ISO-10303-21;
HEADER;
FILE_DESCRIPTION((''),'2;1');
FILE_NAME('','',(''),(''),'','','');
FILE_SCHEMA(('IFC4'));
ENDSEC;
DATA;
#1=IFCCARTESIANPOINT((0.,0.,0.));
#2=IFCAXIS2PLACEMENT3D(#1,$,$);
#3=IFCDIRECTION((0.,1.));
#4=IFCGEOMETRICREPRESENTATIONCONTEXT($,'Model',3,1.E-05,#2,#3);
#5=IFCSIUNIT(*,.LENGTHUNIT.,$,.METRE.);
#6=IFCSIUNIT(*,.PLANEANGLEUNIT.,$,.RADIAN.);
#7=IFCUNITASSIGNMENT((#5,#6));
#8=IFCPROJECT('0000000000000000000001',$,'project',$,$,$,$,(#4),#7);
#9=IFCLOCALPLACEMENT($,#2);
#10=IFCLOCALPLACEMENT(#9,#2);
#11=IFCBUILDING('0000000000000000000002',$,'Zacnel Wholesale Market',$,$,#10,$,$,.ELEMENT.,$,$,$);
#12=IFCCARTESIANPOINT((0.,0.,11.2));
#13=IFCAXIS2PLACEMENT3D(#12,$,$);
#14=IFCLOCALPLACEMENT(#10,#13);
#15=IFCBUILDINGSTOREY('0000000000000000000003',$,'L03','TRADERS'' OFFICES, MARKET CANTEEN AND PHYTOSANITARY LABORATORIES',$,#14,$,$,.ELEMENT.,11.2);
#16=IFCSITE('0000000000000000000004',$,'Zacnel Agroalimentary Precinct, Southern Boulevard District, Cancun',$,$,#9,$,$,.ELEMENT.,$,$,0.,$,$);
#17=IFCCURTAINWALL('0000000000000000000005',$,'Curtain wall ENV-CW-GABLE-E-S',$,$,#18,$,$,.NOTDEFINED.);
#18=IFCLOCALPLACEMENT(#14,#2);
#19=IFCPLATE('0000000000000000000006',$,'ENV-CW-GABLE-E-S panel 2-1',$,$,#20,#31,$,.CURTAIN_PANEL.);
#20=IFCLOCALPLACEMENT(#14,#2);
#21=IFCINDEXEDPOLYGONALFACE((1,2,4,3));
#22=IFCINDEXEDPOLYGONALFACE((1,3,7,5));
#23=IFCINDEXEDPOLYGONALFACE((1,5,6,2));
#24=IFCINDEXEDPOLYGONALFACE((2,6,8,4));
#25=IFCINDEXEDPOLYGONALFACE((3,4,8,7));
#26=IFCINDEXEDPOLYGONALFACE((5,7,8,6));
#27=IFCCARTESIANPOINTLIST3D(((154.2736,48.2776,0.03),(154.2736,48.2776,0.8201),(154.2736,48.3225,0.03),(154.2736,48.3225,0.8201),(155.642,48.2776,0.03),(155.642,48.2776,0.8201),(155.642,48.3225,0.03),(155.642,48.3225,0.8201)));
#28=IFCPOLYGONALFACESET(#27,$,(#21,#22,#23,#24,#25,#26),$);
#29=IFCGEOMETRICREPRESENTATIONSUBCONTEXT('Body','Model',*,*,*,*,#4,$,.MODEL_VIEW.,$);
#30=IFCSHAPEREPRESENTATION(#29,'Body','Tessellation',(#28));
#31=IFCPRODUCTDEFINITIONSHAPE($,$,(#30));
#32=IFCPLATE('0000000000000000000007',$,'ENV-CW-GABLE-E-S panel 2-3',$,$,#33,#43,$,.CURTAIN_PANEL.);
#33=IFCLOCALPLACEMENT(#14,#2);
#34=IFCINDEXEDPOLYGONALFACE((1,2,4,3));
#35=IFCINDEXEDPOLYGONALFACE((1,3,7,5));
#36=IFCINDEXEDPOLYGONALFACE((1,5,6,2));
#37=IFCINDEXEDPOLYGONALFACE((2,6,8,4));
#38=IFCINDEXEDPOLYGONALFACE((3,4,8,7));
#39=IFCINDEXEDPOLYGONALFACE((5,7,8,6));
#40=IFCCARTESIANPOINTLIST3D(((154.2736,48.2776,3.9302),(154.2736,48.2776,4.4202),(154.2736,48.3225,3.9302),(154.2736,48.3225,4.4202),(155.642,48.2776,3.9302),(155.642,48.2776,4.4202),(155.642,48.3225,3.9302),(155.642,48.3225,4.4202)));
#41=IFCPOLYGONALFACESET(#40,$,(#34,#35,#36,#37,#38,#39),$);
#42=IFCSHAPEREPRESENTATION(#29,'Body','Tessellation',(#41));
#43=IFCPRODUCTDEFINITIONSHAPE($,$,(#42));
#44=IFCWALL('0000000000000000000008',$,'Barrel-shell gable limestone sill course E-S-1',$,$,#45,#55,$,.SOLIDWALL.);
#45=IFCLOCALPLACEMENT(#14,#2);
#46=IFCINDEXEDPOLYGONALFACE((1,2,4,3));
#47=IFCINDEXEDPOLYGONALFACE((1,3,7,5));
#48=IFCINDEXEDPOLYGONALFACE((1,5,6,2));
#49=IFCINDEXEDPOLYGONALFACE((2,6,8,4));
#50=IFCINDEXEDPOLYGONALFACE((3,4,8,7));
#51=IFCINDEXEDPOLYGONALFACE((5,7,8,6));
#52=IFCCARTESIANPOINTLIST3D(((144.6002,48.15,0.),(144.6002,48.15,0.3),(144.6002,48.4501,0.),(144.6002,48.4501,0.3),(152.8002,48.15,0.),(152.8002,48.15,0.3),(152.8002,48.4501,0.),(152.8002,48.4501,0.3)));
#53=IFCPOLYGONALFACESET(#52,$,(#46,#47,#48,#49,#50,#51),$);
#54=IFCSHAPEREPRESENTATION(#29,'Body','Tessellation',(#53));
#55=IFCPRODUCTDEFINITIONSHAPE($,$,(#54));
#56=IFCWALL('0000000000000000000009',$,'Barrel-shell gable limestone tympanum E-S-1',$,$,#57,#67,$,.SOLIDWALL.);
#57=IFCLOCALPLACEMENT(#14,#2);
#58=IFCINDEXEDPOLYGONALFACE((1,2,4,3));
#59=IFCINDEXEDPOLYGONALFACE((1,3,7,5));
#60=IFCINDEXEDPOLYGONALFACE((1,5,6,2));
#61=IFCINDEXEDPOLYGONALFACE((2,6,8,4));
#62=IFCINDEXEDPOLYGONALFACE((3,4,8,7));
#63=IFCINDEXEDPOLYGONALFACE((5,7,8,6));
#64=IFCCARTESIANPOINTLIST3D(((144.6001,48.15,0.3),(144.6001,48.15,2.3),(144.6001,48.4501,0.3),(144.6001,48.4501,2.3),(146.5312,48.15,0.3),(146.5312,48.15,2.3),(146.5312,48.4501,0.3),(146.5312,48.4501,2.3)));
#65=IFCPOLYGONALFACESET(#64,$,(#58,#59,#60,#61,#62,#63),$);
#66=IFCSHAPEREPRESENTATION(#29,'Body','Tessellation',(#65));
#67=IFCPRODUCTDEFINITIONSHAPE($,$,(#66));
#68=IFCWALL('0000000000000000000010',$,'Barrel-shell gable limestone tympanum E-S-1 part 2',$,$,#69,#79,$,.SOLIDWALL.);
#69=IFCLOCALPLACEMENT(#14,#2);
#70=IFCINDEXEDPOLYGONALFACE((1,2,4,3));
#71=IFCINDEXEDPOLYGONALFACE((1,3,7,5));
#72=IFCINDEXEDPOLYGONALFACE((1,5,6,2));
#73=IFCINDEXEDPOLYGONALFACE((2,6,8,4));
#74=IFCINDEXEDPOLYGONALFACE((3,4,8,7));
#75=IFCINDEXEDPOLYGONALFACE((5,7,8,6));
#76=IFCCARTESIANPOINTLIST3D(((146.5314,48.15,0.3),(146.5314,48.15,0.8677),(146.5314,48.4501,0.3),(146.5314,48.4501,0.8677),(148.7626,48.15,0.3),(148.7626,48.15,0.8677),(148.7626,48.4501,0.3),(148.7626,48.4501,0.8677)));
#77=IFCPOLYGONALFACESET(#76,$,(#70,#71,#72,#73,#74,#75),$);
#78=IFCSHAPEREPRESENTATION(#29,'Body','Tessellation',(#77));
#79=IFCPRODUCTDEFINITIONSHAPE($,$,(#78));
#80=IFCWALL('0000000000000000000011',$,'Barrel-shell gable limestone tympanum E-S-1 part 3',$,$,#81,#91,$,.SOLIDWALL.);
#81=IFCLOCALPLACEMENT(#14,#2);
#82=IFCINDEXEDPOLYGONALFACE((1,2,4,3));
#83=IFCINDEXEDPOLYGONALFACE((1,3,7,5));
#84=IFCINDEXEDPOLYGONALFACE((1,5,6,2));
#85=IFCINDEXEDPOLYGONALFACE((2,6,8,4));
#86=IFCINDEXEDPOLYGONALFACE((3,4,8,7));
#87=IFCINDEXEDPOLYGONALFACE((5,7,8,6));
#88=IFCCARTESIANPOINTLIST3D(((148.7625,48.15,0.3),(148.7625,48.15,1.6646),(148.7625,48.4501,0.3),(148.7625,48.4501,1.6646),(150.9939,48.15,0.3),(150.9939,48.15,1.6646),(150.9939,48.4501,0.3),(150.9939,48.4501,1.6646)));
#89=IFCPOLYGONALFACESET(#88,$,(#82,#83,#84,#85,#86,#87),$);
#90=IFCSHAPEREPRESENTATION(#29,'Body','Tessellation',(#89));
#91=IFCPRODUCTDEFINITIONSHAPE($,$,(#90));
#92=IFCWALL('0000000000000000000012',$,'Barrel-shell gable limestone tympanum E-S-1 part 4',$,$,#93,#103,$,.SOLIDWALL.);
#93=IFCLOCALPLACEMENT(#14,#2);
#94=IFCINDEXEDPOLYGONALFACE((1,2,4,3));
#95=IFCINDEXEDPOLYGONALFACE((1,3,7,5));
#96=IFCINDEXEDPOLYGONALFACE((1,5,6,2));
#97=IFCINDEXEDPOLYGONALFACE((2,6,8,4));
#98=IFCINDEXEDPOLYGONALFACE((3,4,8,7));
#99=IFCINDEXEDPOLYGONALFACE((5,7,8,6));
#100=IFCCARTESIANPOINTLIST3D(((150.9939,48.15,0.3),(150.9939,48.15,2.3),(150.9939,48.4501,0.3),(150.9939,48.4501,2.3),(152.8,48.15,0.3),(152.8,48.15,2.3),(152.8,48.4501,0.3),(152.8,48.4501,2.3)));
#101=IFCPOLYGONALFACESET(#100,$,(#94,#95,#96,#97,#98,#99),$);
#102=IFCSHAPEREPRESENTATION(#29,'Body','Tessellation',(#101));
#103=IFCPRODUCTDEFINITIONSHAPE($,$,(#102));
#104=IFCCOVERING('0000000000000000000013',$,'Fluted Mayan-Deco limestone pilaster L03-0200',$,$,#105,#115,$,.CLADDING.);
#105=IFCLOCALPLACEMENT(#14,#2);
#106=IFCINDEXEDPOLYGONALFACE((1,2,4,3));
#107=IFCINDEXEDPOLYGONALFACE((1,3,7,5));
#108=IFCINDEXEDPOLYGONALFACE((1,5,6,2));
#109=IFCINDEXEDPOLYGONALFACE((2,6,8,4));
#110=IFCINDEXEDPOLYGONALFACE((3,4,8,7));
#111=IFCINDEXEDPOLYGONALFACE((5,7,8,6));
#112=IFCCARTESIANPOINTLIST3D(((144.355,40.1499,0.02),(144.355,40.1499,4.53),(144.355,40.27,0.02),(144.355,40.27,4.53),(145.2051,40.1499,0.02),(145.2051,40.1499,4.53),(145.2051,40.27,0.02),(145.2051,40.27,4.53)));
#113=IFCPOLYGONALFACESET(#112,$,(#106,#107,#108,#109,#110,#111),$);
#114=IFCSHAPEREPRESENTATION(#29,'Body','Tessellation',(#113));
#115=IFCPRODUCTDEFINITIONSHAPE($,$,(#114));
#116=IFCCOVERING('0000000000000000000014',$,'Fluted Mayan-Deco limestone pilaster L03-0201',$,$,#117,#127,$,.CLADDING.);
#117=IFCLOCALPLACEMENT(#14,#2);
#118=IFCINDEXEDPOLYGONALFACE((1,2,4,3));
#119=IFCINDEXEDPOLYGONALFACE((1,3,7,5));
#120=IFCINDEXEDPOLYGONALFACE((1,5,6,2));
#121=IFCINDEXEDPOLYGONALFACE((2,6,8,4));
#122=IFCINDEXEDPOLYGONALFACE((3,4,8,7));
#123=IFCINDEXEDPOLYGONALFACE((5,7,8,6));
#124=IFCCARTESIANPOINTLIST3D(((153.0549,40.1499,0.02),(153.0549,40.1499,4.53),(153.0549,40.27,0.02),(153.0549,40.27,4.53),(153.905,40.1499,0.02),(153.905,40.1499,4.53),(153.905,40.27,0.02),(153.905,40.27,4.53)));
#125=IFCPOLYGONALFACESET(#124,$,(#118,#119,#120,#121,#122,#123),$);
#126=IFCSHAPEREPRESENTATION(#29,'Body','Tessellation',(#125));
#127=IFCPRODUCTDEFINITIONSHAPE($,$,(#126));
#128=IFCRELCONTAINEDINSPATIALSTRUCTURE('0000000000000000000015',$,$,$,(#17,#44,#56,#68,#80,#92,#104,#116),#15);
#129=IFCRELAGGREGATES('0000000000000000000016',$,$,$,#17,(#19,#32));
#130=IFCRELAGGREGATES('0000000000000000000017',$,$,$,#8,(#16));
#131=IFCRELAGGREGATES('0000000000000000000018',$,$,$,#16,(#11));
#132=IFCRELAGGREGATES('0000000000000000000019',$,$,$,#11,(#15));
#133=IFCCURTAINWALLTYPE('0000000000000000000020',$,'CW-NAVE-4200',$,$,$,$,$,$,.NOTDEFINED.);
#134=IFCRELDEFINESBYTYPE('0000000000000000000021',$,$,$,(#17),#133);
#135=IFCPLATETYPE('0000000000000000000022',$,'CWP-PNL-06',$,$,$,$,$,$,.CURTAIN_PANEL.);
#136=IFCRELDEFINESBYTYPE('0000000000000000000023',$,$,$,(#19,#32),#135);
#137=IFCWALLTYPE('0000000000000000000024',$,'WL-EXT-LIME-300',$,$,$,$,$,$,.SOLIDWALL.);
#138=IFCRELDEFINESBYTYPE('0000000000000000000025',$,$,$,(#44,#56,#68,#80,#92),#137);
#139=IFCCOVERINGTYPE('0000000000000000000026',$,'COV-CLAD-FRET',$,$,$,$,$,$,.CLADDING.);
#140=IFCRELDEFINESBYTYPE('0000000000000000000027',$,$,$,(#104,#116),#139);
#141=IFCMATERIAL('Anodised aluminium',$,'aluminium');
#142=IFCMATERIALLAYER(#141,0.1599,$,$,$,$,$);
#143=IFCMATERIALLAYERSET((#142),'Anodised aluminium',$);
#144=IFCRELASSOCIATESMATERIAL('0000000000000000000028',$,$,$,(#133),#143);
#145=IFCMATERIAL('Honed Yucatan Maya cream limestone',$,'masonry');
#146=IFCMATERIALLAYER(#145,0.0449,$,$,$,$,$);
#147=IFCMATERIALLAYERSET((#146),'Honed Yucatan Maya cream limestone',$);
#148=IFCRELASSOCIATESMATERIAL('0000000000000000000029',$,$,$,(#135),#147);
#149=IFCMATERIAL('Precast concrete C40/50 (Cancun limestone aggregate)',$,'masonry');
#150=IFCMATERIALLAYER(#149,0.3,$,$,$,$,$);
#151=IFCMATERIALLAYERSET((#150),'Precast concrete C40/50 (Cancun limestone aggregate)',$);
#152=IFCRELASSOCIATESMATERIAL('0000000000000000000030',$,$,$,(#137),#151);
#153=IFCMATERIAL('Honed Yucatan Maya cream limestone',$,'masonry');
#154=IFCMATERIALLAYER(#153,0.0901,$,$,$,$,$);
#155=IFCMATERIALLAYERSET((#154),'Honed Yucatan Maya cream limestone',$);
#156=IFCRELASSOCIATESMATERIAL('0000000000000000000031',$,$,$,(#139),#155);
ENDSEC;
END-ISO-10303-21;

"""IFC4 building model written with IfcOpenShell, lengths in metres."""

from ifc_helpers import new_model, si_unit, direction, frame, frame_2d, origin, origin_2d, place, context, subcontext, project, spatial, rectangle, extrude, material, layer, layer_set, type_object, element, aggregate, save


model = new_model("IFC4")

# Units and contexts
model_context = context("Model", 3, precision=1e-05, world=origin(), true_north=direction((0.0, 1.0)))
body_context = subcontext(model_context, "Body", "Model", "MODEL_VIEW")
ifc_project = project(units=[si_unit("LENGTHUNIT", "METRE"), si_unit("PLANEANGLEUNIT", "RADIAN")], contexts=[model_context])

# Site, building, storey
site_placement = place(None, origin())
site = spatial("IfcSite", under=ifc_project, at=site_placement, Name="Zacnel Agroalimentary Precinct, Southern Boulevard District, Cancun", CompositionType="ELEMENT", RefElevation=0.0)
building_placement = place(site_placement, origin())
building = spatial("IfcBuilding", under=site, at=building_placement, Name="Zacnel Wholesale Market", CompositionType="ELEMENT")
storey_placement = place(building_placement, frame((0.0, 0.0, 11.2)))
storey = spatial("IfcBuildingStorey", under=building, at=storey_placement, Name="L03", Description="TRADERS' OFFICES, MARKET CANTEEN AND PHYTOSANITARY LABORATORIES", CompositionType="ELEMENT", Elevation=11.2)

# Curtain wall, plates
ifc_material_1 = material(Name="Anodised aluminium", Category="aluminium")
ifc_layer_1 = layer(ifc_material_1, 0.1599)
ifc_layer_set_1 = layer_set([ifc_layer_1], Name="Anodised aluminium")
curtain_wall_type = type_object("IfcCurtainWallType", Name="CW-NAVE-4200", PredefinedType="NOTDEFINED", material=ifc_layer_set_1)
curtain_wall_placement = place(storey_placement, origin())
curtain_wall = element("IfcCurtainWall", 1, at=curtain_wall_placement, inside=storey, type_object=curtain_wall_type, Name="Curtain wall ENV-CW-GABLE-E-S", PredefinedType="NOTDEFINED")
ifc_material_2 = material(Name="Honed Yucatan Maya cream limestone", Category="masonry")
ifc_layer_2 = layer(ifc_material_2, 0.0449)
ifc_layer_set_2 = layer_set([ifc_layer_2], Name="Honed Yucatan Maya cream limestone")
plate_type_1 = type_object("IfcPlateType", Name="CWP-PNL-06", PredefinedType="CURTAIN_PANEL", material=ifc_layer_set_2)
plate_1_placement = place(storey_placement, frame((154.9578, 48.3, 0.03), z_axis=(0.0, 0.0, 1.0), x_axis=(1.0, 0.0, 0.0)))
plate_1 = element("IfcPlate", 2, at=plate_1_placement, type_object=plate_type_1, Name="ENV-CW-GABLE-E-S panel 2-1", PredefinedType="CURTAIN_PANEL", context=body_context, shape_type="SweptSolid", body=[
    extrude(rectangle(XDim=1.3684, YDim=0.0449, at=origin_2d()), origin(), (0.0, 0.0, 1.0), 0.79),
])
plate_2_placement = place(storey_placement, frame((154.9578, 48.3, 3.9302), z_axis=(0.0, 0.0, 1.0), x_axis=(1.0, 0.0, 0.0)))
plate_2 = element("IfcPlate", 3, at=plate_2_placement, type_object=plate_type_1, Name="ENV-CW-GABLE-E-S panel 2-3", PredefinedType="CURTAIN_PANEL", context=body_context, shape_type="SweptSolid", body=[
    extrude(rectangle(XDim=1.3684, YDim=0.0449, at=origin_2d()), origin(), (0.0, 0.0, 1.0), 0.49),
])
aggregate(curtain_wall, [plate_1, plate_2])

# Walls
ifc_material_3 = material(Name="Precast concrete C40/50 (Cancun limestone aggregate)", Category="masonry")
ifc_layer_3 = layer(ifc_material_3, 0.3)
ifc_layer_set_3 = layer_set([ifc_layer_3], Name="Precast concrete C40/50 (Cancun limestone aggregate)")
wall_type = type_object("IfcWallType", Name="WL-EXT-LIME-300", PredefinedType="SOLIDWALL", material=ifc_layer_set_3)
wall_1_placement = place(storey_placement, frame((144.6001, 48.3, 0.0), z_axis=(0.0, 0.0, 1.0), x_axis=(1.0, 0.0, 0.0)))
element("IfcWall", 4, at=wall_1_placement, inside=storey, type_object=wall_type, Name="Barrel-shell gable limestone sill course E-S-1", PredefinedType="SOLIDWALL", context=body_context, shape_type="SweptSolid", body=[
    extrude(rectangle(XDim=8.2, YDim=0.3, at=frame_2d((4.1001, 0.0))), origin(), (0.0, 0.0, 1.0), 0.3),
])
wall_2_placement = place(storey_placement, frame((144.6001, 48.3, 0.3), z_axis=(0.0, 0.0, 1.0), x_axis=(1.0, 0.0, 0.0)))
element("IfcWall", 5, at=wall_2_placement, inside=storey, type_object=wall_type, Name="Barrel-shell gable limestone tympanum E-S-1", PredefinedType="SOLIDWALL", context=body_context, shape_type="SweptSolid", body=[
    extrude(rectangle(XDim=1.9312, YDim=0.3, at=frame_2d((0.9656, 0.0))), origin(), (0.0, 0.0, 1.0), 2.0),
])
wall_3_placement = place(storey_placement, frame((146.5312, 48.3, 0.3), z_axis=(0.0, 0.0, 1.0), x_axis=(1.0, 0.0, 0.0)))
element("IfcWall", 6, at=wall_3_placement, inside=storey, type_object=wall_type, Name="Barrel-shell gable limestone tympanum E-S-1 part 2", PredefinedType="SOLIDWALL", context=body_context, shape_type="SweptSolid", body=[
    extrude(rectangle(XDim=2.2312, YDim=0.3, at=frame_2d((1.1157, 0.0))), origin(), (0.0, 0.0, 1.0), 0.5676),
])
wall_4_placement = place(storey_placement, frame((148.7625, 48.3, 0.3), z_axis=(0.0, 0.0, 1.0), x_axis=(1.0, 0.0, 0.0)))
element("IfcWall", 7, at=wall_4_placement, inside=storey, type_object=wall_type, Name="Barrel-shell gable limestone tympanum E-S-1 part 3", PredefinedType="SOLIDWALL", context=body_context, shape_type="SweptSolid", body=[
    extrude(rectangle(XDim=2.2314, YDim=0.3, at=frame_2d((1.1157, 0.0))), origin(), (0.0, 0.0, 1.0), 1.3645),
])
wall_5_placement = place(storey_placement, frame((150.9939, 48.3, 0.3), z_axis=(0.0, 0.0, 1.0), x_axis=(1.0, 0.0, 0.0)))
element("IfcWall", 8, at=wall_5_placement, inside=storey, type_object=wall_type, Name="Barrel-shell gable limestone tympanum E-S-1 part 4", PredefinedType="SOLIDWALL", context=body_context, shape_type="SweptSolid", body=[
    extrude(rectangle(XDim=1.8062, YDim=0.3, at=frame_2d((0.9031, 0.0))), origin(), (0.0, 0.0, 1.0), 2.0),
])

# Coverings
ifc_material_4 = material(Name="Honed Yucatan Maya cream limestone", Category="masonry")
ifc_layer_4 = layer(ifc_material_4, 0.0901)
ifc_layer_set_4 = layer_set([ifc_layer_4], Name="Honed Yucatan Maya cream limestone")
covering_type = type_object("IfcCoveringType", Name="COV-CLAD-FRET", PredefinedType="CLADDING", material=ifc_layer_set_4)
for number, where, z_axis, x_axis, name in (
    (9, (144.78, 40.21, 0.02), (0.0, 0.0, 1.0), (1.0, 0.0, 0.0), "Fluted Mayan-Deco limestone pilaster L03-0200"),
    (10, (153.48, 40.21, 0.02), (0.0, 0.0, 1.0), (1.0, 0.0, 0.0), "Fluted Mayan-Deco limestone pilaster L03-0201"),
):
    element("IfcCovering", number, at=place(storey_placement, frame(where, z_axis=z_axis, x_axis=x_axis)), inside=storey, type_object=covering_type, Name=name, PredefinedType="CLADDING", context=body_context, shape_type="SweptSolid", body=[
        extrude(rectangle(XDim=0.8501, YDim=0.1201, at=origin_2d()), origin(), (0.0, 0.0, 1.0), 4.51),
    ])

save(model, "model.ifc")
